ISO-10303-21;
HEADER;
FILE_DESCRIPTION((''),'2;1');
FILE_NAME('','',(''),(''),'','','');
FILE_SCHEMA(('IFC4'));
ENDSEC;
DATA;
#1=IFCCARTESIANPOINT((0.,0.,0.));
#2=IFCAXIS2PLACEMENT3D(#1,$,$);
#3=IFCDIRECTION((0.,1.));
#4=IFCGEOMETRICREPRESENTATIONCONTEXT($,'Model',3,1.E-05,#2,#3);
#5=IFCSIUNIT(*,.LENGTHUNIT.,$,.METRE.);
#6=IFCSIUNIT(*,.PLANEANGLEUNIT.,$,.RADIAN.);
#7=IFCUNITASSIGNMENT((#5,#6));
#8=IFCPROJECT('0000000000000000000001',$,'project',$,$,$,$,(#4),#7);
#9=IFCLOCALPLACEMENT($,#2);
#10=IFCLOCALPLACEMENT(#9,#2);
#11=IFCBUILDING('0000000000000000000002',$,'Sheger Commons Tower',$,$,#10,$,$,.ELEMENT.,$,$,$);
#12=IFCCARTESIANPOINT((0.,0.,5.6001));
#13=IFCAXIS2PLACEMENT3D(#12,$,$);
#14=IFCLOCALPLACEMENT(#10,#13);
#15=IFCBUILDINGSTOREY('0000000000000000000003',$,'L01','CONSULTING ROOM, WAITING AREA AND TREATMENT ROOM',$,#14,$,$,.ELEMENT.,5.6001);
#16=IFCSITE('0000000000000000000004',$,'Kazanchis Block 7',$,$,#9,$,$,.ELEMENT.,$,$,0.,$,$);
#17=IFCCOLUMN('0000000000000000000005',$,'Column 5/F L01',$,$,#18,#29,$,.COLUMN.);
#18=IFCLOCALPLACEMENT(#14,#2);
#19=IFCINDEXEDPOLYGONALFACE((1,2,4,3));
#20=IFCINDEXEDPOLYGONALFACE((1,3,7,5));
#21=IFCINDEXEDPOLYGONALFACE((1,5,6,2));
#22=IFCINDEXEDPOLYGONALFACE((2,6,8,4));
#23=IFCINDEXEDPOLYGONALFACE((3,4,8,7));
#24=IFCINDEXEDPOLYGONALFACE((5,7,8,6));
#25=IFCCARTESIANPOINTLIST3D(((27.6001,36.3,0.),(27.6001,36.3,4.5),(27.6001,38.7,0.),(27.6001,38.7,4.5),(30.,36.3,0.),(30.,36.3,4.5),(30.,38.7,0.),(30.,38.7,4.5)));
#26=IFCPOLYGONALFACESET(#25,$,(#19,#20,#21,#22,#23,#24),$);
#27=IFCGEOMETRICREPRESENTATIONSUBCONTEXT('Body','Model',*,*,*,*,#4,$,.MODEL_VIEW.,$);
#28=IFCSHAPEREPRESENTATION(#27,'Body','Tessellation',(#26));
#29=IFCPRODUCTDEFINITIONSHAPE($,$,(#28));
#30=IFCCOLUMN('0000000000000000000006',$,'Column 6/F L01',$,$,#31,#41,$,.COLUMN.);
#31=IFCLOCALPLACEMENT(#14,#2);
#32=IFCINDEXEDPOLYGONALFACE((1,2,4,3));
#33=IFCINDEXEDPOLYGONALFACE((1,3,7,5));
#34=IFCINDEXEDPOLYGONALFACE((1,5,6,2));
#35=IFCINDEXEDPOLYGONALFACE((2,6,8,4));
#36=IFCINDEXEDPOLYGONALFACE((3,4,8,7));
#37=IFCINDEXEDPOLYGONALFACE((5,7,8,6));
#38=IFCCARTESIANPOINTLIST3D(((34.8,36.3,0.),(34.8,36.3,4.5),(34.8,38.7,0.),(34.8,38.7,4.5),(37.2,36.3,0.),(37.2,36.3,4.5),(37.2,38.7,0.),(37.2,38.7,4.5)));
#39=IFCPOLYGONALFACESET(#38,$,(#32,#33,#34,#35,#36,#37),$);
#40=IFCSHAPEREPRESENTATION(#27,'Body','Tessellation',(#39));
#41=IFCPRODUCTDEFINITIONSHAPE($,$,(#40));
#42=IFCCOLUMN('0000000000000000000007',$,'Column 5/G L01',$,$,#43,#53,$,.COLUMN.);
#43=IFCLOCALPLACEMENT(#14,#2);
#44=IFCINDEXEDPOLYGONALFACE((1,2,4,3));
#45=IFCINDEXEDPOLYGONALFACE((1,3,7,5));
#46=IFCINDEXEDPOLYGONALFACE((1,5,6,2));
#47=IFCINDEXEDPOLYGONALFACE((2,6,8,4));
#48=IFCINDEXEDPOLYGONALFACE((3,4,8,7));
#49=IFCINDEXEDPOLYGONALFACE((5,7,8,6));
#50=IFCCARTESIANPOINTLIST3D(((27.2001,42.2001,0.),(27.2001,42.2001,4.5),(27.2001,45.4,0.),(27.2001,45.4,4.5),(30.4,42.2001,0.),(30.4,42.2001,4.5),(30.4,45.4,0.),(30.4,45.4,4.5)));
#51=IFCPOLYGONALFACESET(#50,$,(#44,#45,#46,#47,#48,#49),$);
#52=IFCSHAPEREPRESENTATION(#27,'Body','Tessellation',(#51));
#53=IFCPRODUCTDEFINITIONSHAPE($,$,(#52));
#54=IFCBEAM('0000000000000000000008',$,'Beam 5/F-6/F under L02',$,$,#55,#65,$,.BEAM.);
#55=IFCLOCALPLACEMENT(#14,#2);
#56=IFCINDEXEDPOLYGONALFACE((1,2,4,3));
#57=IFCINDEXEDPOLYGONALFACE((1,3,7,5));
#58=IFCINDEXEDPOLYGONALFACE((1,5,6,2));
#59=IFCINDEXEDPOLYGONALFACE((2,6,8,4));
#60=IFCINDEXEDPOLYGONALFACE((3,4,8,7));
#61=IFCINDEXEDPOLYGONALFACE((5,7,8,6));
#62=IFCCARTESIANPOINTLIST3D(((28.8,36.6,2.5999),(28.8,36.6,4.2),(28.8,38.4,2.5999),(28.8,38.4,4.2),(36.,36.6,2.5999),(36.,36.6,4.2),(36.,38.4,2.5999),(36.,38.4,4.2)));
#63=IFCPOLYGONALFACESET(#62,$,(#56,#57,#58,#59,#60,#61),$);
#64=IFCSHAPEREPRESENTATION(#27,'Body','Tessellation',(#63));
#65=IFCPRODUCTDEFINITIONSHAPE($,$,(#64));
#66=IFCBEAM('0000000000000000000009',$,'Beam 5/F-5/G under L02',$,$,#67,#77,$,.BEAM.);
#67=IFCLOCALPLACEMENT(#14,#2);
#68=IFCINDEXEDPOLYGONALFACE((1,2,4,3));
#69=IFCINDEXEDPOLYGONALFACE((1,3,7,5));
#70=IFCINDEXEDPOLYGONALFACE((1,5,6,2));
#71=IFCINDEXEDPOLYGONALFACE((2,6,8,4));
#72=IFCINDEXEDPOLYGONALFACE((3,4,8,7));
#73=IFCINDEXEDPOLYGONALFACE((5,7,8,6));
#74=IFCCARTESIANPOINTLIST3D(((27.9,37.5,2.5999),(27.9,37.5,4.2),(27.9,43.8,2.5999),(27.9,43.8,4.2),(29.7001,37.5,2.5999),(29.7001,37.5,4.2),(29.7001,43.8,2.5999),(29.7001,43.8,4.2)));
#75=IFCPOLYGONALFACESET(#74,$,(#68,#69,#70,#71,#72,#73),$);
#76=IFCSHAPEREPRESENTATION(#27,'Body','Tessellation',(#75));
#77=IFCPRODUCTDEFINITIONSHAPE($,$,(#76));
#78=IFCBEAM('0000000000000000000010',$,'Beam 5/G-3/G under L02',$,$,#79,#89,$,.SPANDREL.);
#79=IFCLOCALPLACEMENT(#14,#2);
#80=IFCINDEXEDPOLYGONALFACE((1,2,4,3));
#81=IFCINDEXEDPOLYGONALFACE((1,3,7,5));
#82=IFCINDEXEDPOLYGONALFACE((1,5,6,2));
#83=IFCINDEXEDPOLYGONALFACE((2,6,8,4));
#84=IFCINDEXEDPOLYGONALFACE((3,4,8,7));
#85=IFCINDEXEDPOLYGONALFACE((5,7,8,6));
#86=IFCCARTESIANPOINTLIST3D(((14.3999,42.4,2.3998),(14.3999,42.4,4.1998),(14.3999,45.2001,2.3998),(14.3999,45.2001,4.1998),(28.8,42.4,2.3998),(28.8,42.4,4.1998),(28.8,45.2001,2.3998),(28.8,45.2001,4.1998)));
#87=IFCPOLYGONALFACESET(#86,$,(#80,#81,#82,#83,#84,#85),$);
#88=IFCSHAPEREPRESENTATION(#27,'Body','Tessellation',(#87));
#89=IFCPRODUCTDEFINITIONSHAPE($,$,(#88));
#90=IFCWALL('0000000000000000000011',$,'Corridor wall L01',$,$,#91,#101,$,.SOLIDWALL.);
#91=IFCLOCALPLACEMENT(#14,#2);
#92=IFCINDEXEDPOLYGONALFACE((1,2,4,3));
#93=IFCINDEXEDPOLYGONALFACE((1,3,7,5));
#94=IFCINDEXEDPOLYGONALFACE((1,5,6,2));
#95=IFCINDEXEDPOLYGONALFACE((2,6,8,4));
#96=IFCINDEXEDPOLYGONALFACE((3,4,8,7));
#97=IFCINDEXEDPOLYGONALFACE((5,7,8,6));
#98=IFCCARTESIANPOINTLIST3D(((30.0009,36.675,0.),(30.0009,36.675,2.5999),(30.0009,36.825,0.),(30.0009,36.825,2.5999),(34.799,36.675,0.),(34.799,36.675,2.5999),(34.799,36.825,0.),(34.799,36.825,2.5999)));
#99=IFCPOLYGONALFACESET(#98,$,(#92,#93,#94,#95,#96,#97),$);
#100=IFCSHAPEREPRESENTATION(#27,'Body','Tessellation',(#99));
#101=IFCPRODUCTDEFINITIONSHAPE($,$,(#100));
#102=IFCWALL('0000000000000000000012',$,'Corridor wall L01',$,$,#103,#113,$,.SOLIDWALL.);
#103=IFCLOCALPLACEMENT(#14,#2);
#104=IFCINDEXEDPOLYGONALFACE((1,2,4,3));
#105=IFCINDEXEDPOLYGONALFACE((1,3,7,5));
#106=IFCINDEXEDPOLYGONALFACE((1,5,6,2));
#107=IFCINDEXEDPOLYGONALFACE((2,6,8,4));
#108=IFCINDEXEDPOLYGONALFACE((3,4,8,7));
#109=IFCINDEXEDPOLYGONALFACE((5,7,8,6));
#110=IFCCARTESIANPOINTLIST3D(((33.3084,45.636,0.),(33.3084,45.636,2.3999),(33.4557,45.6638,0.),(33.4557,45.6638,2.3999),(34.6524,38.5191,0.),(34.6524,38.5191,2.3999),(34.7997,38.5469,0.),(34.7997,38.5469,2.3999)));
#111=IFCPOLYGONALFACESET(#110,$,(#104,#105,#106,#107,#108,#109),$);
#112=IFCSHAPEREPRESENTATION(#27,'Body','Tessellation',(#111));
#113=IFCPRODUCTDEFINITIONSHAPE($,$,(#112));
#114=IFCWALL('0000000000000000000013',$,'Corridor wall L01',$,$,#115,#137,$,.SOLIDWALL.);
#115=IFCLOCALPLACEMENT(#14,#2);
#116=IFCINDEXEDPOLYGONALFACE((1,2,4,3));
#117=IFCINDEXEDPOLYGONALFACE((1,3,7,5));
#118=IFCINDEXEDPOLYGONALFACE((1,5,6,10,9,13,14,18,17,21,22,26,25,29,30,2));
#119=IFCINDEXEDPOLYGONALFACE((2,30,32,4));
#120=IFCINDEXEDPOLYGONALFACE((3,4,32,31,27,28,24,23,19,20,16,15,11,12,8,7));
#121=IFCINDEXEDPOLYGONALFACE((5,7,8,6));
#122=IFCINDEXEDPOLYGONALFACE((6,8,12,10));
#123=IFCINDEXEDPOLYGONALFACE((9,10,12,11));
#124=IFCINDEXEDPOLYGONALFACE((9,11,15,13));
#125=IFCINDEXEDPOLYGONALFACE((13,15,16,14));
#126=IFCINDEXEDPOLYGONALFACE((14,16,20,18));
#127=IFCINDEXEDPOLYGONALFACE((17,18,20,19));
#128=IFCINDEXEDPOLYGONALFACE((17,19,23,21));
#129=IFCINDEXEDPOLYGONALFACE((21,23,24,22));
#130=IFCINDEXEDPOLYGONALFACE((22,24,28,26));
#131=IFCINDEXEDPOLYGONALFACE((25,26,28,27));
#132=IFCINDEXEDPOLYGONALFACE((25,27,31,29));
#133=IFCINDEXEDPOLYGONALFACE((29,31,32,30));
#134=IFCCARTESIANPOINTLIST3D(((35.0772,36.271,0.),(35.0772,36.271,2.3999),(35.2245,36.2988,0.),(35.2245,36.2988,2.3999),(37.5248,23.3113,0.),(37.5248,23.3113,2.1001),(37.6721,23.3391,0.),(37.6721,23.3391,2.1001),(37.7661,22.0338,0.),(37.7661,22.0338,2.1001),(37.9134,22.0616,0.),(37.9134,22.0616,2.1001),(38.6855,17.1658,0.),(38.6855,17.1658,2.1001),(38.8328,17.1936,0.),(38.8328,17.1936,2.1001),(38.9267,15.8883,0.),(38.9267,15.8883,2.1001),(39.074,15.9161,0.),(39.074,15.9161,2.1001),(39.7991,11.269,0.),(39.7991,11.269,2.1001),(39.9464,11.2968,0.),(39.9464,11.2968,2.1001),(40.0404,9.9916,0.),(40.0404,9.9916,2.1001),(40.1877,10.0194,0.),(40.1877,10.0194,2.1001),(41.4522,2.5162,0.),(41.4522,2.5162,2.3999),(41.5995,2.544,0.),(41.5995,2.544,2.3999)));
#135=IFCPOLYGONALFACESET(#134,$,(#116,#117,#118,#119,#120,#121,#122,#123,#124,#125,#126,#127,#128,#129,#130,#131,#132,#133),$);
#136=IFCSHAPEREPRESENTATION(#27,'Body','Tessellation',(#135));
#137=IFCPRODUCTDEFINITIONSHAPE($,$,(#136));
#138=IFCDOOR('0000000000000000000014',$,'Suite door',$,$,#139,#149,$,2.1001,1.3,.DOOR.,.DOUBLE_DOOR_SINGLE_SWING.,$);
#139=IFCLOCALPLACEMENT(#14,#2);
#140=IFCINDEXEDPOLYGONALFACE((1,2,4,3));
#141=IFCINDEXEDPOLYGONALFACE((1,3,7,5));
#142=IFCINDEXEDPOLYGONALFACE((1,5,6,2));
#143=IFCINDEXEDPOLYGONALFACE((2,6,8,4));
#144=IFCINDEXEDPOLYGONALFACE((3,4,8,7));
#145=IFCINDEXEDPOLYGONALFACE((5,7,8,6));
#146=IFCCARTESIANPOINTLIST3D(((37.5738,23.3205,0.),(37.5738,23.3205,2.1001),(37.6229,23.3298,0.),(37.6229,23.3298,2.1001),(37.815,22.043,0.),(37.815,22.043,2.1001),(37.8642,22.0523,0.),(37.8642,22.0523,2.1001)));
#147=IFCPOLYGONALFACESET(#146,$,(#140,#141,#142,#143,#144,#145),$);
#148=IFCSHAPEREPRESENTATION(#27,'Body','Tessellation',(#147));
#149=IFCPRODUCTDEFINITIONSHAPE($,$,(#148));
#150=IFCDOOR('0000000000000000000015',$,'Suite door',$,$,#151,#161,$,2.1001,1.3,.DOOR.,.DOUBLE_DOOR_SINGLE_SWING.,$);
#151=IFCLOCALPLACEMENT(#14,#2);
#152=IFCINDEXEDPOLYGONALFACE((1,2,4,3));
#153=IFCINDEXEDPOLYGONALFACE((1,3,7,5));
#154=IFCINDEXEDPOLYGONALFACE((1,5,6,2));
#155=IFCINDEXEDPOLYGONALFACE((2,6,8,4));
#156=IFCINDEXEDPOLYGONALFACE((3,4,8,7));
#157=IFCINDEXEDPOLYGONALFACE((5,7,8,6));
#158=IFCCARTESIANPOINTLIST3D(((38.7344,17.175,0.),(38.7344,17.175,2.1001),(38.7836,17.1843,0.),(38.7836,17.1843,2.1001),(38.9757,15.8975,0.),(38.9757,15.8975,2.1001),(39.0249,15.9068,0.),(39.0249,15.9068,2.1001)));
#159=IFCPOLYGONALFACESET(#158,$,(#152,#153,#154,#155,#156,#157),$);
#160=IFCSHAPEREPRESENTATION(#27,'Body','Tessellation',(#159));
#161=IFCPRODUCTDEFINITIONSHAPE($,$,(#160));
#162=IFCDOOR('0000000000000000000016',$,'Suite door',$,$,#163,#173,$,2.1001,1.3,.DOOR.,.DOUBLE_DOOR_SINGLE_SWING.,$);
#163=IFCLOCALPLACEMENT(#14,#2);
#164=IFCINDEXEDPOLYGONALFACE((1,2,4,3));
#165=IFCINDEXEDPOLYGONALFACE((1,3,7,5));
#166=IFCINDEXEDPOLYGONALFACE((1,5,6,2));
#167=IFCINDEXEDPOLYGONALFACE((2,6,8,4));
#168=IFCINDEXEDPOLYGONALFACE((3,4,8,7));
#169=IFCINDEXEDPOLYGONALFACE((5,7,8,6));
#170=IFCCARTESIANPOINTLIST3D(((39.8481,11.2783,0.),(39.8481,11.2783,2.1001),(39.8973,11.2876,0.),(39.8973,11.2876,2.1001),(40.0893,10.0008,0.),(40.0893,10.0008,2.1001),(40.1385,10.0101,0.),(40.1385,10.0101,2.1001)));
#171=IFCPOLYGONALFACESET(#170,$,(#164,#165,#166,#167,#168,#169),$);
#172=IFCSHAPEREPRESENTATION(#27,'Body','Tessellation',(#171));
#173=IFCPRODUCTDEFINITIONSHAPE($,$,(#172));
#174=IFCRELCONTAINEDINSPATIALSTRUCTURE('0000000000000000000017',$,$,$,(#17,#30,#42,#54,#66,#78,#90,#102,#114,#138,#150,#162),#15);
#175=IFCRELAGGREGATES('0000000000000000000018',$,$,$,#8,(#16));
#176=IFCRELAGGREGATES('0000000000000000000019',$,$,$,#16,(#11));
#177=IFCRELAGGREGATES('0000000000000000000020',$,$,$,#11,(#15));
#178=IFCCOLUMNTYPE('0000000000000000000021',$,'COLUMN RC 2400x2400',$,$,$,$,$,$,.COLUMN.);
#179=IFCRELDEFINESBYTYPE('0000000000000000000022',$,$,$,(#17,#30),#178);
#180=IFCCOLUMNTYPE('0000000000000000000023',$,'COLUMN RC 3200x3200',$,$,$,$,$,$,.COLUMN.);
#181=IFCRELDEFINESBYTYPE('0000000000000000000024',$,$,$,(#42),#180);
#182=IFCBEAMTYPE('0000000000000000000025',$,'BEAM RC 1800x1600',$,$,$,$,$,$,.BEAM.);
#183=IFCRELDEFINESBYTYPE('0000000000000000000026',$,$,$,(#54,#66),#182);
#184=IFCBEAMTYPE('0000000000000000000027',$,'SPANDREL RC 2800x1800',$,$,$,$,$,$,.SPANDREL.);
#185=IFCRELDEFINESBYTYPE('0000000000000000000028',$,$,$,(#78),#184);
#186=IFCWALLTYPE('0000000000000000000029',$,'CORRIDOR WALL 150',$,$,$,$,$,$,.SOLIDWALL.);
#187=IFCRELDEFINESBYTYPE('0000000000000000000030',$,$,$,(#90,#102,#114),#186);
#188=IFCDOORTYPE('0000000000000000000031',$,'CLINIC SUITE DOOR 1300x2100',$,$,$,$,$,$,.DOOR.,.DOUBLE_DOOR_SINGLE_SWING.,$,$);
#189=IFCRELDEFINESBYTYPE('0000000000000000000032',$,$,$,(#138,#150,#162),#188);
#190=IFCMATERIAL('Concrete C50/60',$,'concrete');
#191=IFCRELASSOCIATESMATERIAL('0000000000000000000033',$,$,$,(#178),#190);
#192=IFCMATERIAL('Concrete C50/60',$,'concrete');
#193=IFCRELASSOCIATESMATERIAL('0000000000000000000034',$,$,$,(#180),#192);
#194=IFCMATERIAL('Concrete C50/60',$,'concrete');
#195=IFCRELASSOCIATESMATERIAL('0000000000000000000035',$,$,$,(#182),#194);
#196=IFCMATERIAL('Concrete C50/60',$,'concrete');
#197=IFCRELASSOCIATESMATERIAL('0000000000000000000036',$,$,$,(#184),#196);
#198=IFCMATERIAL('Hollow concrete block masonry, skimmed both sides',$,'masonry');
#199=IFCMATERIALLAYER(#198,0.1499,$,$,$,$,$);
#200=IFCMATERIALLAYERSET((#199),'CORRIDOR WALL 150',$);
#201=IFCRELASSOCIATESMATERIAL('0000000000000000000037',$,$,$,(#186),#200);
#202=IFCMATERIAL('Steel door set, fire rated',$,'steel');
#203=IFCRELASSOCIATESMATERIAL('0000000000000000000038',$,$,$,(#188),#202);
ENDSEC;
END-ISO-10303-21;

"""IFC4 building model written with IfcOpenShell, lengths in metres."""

from ifc_helpers import new_model, si_unit, direction, frame, frame_2d, origin, origin_2d, place, context, subcontext, project, spatial, rectangle, extrude, material, layer, layer_set, material_profile, profile_set, type_object, element, fill, save


model = new_model("IFC4")

# Units and contexts
model_context = context("Model", 3, precision=1e-05, world=origin(), true_north=direction((0.0, 1.0)))
body_context = subcontext(model_context, "Body", "Model", "MODEL_VIEW")
ifc_project = project(units=[si_unit("LENGTHUNIT", "METRE"), si_unit("PLANEANGLEUNIT", "RADIAN")], contexts=[model_context])

# Site, building, storey
site_placement = place(None, origin())
site = spatial("IfcSite", under=ifc_project, at=site_placement, Name="Kazanchis Block 7", CompositionType="ELEMENT", RefElevation=0.0)
building_placement = place(site_placement, origin())
building = spatial("IfcBuilding", under=site, at=building_placement, Name="Sheger Commons Tower", CompositionType="ELEMENT")
storey_placement = place(building_placement, frame((0.0, 0.0, 5.6001)))
storey = spatial("IfcBuildingStorey", under=building, at=storey_placement, Name="L01", Description="CONSULTING ROOM, WAITING AREA AND TREATMENT ROOM", CompositionType="ELEMENT", Elevation=5.6001)

# Columns
ifc_material_1 = material(Name="Concrete C50/60", Category="concrete")
ifc_material_profile_1 = material_profile(ifc_material_1, rectangle(XDim=2.3999, YDim=2.3999, at=origin_2d()), Name="RC 2400x2400")
ifc_profile_set_1 = profile_set([ifc_material_profile_1], Name="Concrete C50/60")
column_type_1 = type_object("IfcColumnType", Name="COLUMN RC 2400x2400", PredefinedType="COLUMN", material=ifc_profile_set_1)
for number, where, z_axis, x_axis, name in (
    (1, (28.8, 37.5, 0.0), (0.0, 0.0, 1.0), (1.0, 0.0, 0.0), "Column 5/F L01"),
    (2, (36.0, 37.5, 0.0), (0.0, 0.0, 1.0), (1.0, 0.0, 0.0), "Column 6/F L01"),
):
    element("IfcColumn", number, at=place(storey_placement, frame(where, z_axis=z_axis, x_axis=x_axis)), inside=storey, type_object=column_type_1, Name=name, PredefinedType="COLUMN", context=body_context, shape_type="SweptSolid", body=[
        extrude(rectangle(XDim=2.3999, YDim=2.3999, at=origin_2d()), origin(), (0.0, 0.0, 1.0), 4.5),
    ])
ifc_material_2 = material(Name="Concrete C50/60", Category="concrete")
ifc_material_profile_2 = material_profile(ifc_material_2, rectangle(XDim=3.2, YDim=3.2, at=origin_2d()), Name="RC 3200x3200")
ifc_profile_set_2 = profile_set([ifc_material_profile_2], Name="Concrete C50/60")
column_type_2 = type_object("IfcColumnType", Name="COLUMN RC 3200x3200", PredefinedType="COLUMN", material=ifc_profile_set_2)
column_placement = place(storey_placement, frame((28.8, 43.8, 0.0), z_axis=(0.0, 0.0, 1.0), x_axis=(1.0, 0.0, 0.0)))
element("IfcColumn", 3, at=column_placement, inside=storey, type_object=column_type_2, Name="Column 5/G L01", PredefinedType="COLUMN", context=body_context, shape_type="SweptSolid", body=[
    extrude(rectangle(XDim=3.2, YDim=3.2, at=origin_2d()), origin(), (0.0, 0.0, 1.0), 4.5),
])

# Beams
ifc_material_3 = material(Name="Concrete C50/60", Category="concrete")
ifc_material_profile_3 = material_profile(ifc_material_3, rectangle(XDim=1.8, YDim=1.6001, at=origin_2d()), Name="RC 1800x1600")
ifc_profile_set_3 = profile_set([ifc_material_profile_3], Name="Concrete C50/60")
beam_type_1 = type_object("IfcBeamType", Name="BEAM RC 1800x1600", PredefinedType="BEAM", material=ifc_profile_set_3)
beam_1_placement = place(storey_placement, frame((28.8, 37.5, 3.3999), z_axis=(1.0, 0.0, 0.0), x_axis=(0.0, 1.0, 0.0)))
element("IfcBeam", 4, at=beam_1_placement, inside=storey, type_object=beam_type_1, Name="Beam 5/F-6/F under L02", PredefinedType="BEAM", context=body_context, shape_type="SweptSolid", body=[
    extrude(rectangle(XDim=1.8, YDim=1.6001, at=origin_2d()), origin(), (0.0, 0.0, 1.0), 7.2),
])
beam_2_placement = place(storey_placement, frame((28.8, 37.5, 3.3999), z_axis=(0.0, 1.0, 0.0), x_axis=(-1.0, 0.0, 0.0)))
element("IfcBeam", 5, at=beam_2_placement, inside=storey, type_object=beam_type_1, Name="Beam 5/F-5/G under L02", PredefinedType="BEAM", context=body_context, shape_type="SweptSolid", body=[
    extrude(rectangle(XDim=1.8, YDim=1.6001, at=origin_2d()), origin(), (0.0, 0.0, 1.0), 6.3),
])
ifc_material_4 = material(Name="Concrete C50/60", Category="concrete")
ifc_material_profile_4 = material_profile(ifc_material_4, rectangle(XDim=2.8, YDim=1.8, at=origin_2d()), Name="RC 2800x1800")
ifc_profile_set_4 = profile_set([ifc_material_profile_4], Name="Concrete C50/60")
beam_type_2 = type_object("IfcBeamType", Name="SPANDREL RC 2800x1800", PredefinedType="SPANDREL", material=ifc_profile_set_4)
beam_3_placement = place(storey_placement, frame((28.8, 43.8, 3.2998), z_axis=(-1.0, 0.0, 0.0), x_axis=(0.0, -1.0, 0.0)))
element("IfcBeam", 6, at=beam_3_placement, inside=storey, type_object=beam_type_2, Name="Beam 5/G-3/G under L02", PredefinedType="SPANDREL", context=body_context, shape_type="SweptSolid", body=[
    extrude(rectangle(XDim=2.8, YDim=1.8, at=origin_2d()), origin(), (0.0, 0.0, 1.0), 14.4001),
])

# Walls
ifc_material_5 = material(Name="Hollow concrete block masonry, skimmed both sides", Category="masonry")
ifc_layer_1 = layer(ifc_material_5, 0.1499)
ifc_layer_set_1 = layer_set([ifc_layer_1], Name="CORRIDOR WALL 150")
wall_type_1 = type_object("IfcWallType", Name="CORRIDOR WALL 150", PredefinedType="SOLIDWALL", material=ifc_layer_set_1)
wall_1_placement = place(storey_placement, frame((30.001, 36.75, 0.0), z_axis=(0.0, 0.0, 1.0), x_axis=(1.0, 0.0, 0.0)))
element("IfcWall", 7, at=wall_1_placement, inside=storey, type_object=wall_type_1, Name="Corridor wall L01", PredefinedType="SOLIDWALL", context=body_context, shape_type="SweptSolid", body=[
    extrude(rectangle(XDim=4.7981, YDim=0.1499, at=frame_2d((2.3989, 0.0))), origin(), (0.0, 0.0, 1.0), 2.5999),
])
wall_2_placement = place(storey_placement, frame((33.3821, 45.6499, 0.0), z_axis=(0.0, 0.0, 1.0), x_axis=(0.185564, -0.982632, 0.0)))
element("IfcWall", 8, at=wall_2_placement, inside=storey, type_object=wall_type_1, Name="Corridor wall L01", PredefinedType="SOLIDWALL", context=body_context, shape_type="SweptSolid", body=[
    extrude(rectangle(XDim=7.2427, YDim=0.1499, at=frame_2d((3.6213, 0.0))), origin(), (0.0, 0.0, 1.0), 2.3999),
])

# Wall, openings, doors
wall_3_placement = place(storey_placement, frame((35.1509, 36.2849, 0.0), z_axis=(0.0, 0.0, 1.0), x_axis=(0.185581, -0.982629, 0.0)))
wall_3 = element("IfcWall", 9, at=wall_3_placement, inside=storey, type_object=wall_type_1, Name="Corridor wall L01", PredefinedType="SOLIDWALL", context=body_context, shape_type="SweptSolid", body=[
    extrude(rectangle(XDim=34.3516, YDim=0.1499, at=frame_2d((17.1758, 0.0))), origin(), (0.0, 0.0, 1.0), 2.3999),
])
opening_1_placement = place(wall_3_placement, frame((13.189, 0.0, 0.0)))
opening_1 = element("IfcOpeningElement", 10, at=opening_1_placement, cuts=wall_3, PredefinedType="OPENING", context=body_context, shape_type="SweptSolid", body=[
    extrude(rectangle(XDim=1.3, YDim=2.1001, at=frame_2d((0.6499, 1.05))), frame((0.0, 0.085, 0.0), z_axis=(0.0, -1.0, 0.0), x_axis=(1.0, 0.0, 0.0)), (0.0, 0.0, 1.0), 0.1699),
])
opening_2_placement = place(wall_3_placement, frame((19.4431, 0.0, 0.0)))
opening_2 = element("IfcOpeningElement", 11, at=opening_2_placement, cuts=wall_3, PredefinedType="OPENING", context=body_context, shape_type="SweptSolid", body=[
    extrude(rectangle(XDim=1.3, YDim=2.1001, at=frame_2d((0.6499, 1.05))), frame((0.0, 0.085, 0.0), z_axis=(0.0, -1.0, 0.0), x_axis=(1.0, 0.0, 0.0)), (0.0, 0.0, 1.0), 0.1699),
])
opening_3_placement = place(wall_3_placement, frame((25.4441, 0.0, 0.0)))
opening_3 = element("IfcOpeningElement", 12, at=opening_3_placement, cuts=wall_3, PredefinedType="OPENING", context=body_context, shape_type="SweptSolid", body=[
    extrude(rectangle(XDim=1.3, YDim=2.1001, at=frame_2d((0.6499, 1.05))), frame((0.0, 0.085, 0.0), z_axis=(0.0, -1.0, 0.0), x_axis=(1.0, 0.0, 0.0)), (0.0, 0.0, 1.0), 0.1699),
])
ifc_material_6 = material(Name="Steel door set, fire rated", Category="steel")
door_type_1 = type_object("IfcDoorType", Name="CLINIC SUITE DOOR 1300x2100", OperationType="DOUBLE_DOOR_SINGLE_SWING", PredefinedType="DOOR", material=ifc_material_6)
door_1_placement = place(opening_1_placement, origin())
door_1 = element("IfcDoor", 13, at=door_1_placement, inside=storey, type_object=door_type_1, Name="Suite door", OperationType="DOUBLE_DOOR_SINGLE_SWING", OverallHeight=2.1001, OverallWidth=1.3, PredefinedType="DOOR", context=body_context, shape_type="SweptSolid", body=[
    extrude(rectangle(XDim=1.3, YDim=2.1001, at=frame_2d((0.6499, 1.05))), frame((0.0, 0.0249, 0.0), z_axis=(0.0, -1.0, 0.0), x_axis=(1.0, 0.0, 0.0)), (0.0, 0.0, 1.0), 0.05),
])
fill(opening_1, door_1)
door_2_placement = place(opening_2_placement, origin())
door_2 = element("IfcDoor", 14, at=door_2_placement, inside=storey, type_object=door_type_1, Name="Suite door", OperationType="DOUBLE_DOOR_SINGLE_SWING", OverallHeight=2.1001, OverallWidth=1.3, PredefinedType="DOOR", context=body_context, shape_type="SweptSolid", body=[
    extrude(rectangle(XDim=1.3, YDim=2.1001, at=frame_2d((0.6499, 1.05))), frame((0.0, 0.0249, 0.0), z_axis=(0.0, -1.0, 0.0), x_axis=(1.0, 0.0, 0.0)), (0.0, 0.0, 1.0), 0.05),
])
fill(opening_2, door_2)
door_3_placement = place(opening_3_placement, origin())
door_3 = element("IfcDoor", 15, at=door_3_placement, inside=storey, type_object=door_type_1, Name="Suite door", OperationType="DOUBLE_DOOR_SINGLE_SWING", OverallHeight=2.1001, OverallWidth=1.3, PredefinedType="DOOR", context=body_context, shape_type="SweptSolid", body=[
    extrude(rectangle(XDim=1.3, YDim=2.1001, at=frame_2d((0.6499, 1.05))), frame((0.0, 0.0249, 0.0), z_axis=(0.0, -1.0, 0.0), x_axis=(1.0, 0.0, 0.0)), (0.0, 0.0, 1.0), 0.05),
])
fill(opening_3, door_3)

save(model, "model.ifc")
